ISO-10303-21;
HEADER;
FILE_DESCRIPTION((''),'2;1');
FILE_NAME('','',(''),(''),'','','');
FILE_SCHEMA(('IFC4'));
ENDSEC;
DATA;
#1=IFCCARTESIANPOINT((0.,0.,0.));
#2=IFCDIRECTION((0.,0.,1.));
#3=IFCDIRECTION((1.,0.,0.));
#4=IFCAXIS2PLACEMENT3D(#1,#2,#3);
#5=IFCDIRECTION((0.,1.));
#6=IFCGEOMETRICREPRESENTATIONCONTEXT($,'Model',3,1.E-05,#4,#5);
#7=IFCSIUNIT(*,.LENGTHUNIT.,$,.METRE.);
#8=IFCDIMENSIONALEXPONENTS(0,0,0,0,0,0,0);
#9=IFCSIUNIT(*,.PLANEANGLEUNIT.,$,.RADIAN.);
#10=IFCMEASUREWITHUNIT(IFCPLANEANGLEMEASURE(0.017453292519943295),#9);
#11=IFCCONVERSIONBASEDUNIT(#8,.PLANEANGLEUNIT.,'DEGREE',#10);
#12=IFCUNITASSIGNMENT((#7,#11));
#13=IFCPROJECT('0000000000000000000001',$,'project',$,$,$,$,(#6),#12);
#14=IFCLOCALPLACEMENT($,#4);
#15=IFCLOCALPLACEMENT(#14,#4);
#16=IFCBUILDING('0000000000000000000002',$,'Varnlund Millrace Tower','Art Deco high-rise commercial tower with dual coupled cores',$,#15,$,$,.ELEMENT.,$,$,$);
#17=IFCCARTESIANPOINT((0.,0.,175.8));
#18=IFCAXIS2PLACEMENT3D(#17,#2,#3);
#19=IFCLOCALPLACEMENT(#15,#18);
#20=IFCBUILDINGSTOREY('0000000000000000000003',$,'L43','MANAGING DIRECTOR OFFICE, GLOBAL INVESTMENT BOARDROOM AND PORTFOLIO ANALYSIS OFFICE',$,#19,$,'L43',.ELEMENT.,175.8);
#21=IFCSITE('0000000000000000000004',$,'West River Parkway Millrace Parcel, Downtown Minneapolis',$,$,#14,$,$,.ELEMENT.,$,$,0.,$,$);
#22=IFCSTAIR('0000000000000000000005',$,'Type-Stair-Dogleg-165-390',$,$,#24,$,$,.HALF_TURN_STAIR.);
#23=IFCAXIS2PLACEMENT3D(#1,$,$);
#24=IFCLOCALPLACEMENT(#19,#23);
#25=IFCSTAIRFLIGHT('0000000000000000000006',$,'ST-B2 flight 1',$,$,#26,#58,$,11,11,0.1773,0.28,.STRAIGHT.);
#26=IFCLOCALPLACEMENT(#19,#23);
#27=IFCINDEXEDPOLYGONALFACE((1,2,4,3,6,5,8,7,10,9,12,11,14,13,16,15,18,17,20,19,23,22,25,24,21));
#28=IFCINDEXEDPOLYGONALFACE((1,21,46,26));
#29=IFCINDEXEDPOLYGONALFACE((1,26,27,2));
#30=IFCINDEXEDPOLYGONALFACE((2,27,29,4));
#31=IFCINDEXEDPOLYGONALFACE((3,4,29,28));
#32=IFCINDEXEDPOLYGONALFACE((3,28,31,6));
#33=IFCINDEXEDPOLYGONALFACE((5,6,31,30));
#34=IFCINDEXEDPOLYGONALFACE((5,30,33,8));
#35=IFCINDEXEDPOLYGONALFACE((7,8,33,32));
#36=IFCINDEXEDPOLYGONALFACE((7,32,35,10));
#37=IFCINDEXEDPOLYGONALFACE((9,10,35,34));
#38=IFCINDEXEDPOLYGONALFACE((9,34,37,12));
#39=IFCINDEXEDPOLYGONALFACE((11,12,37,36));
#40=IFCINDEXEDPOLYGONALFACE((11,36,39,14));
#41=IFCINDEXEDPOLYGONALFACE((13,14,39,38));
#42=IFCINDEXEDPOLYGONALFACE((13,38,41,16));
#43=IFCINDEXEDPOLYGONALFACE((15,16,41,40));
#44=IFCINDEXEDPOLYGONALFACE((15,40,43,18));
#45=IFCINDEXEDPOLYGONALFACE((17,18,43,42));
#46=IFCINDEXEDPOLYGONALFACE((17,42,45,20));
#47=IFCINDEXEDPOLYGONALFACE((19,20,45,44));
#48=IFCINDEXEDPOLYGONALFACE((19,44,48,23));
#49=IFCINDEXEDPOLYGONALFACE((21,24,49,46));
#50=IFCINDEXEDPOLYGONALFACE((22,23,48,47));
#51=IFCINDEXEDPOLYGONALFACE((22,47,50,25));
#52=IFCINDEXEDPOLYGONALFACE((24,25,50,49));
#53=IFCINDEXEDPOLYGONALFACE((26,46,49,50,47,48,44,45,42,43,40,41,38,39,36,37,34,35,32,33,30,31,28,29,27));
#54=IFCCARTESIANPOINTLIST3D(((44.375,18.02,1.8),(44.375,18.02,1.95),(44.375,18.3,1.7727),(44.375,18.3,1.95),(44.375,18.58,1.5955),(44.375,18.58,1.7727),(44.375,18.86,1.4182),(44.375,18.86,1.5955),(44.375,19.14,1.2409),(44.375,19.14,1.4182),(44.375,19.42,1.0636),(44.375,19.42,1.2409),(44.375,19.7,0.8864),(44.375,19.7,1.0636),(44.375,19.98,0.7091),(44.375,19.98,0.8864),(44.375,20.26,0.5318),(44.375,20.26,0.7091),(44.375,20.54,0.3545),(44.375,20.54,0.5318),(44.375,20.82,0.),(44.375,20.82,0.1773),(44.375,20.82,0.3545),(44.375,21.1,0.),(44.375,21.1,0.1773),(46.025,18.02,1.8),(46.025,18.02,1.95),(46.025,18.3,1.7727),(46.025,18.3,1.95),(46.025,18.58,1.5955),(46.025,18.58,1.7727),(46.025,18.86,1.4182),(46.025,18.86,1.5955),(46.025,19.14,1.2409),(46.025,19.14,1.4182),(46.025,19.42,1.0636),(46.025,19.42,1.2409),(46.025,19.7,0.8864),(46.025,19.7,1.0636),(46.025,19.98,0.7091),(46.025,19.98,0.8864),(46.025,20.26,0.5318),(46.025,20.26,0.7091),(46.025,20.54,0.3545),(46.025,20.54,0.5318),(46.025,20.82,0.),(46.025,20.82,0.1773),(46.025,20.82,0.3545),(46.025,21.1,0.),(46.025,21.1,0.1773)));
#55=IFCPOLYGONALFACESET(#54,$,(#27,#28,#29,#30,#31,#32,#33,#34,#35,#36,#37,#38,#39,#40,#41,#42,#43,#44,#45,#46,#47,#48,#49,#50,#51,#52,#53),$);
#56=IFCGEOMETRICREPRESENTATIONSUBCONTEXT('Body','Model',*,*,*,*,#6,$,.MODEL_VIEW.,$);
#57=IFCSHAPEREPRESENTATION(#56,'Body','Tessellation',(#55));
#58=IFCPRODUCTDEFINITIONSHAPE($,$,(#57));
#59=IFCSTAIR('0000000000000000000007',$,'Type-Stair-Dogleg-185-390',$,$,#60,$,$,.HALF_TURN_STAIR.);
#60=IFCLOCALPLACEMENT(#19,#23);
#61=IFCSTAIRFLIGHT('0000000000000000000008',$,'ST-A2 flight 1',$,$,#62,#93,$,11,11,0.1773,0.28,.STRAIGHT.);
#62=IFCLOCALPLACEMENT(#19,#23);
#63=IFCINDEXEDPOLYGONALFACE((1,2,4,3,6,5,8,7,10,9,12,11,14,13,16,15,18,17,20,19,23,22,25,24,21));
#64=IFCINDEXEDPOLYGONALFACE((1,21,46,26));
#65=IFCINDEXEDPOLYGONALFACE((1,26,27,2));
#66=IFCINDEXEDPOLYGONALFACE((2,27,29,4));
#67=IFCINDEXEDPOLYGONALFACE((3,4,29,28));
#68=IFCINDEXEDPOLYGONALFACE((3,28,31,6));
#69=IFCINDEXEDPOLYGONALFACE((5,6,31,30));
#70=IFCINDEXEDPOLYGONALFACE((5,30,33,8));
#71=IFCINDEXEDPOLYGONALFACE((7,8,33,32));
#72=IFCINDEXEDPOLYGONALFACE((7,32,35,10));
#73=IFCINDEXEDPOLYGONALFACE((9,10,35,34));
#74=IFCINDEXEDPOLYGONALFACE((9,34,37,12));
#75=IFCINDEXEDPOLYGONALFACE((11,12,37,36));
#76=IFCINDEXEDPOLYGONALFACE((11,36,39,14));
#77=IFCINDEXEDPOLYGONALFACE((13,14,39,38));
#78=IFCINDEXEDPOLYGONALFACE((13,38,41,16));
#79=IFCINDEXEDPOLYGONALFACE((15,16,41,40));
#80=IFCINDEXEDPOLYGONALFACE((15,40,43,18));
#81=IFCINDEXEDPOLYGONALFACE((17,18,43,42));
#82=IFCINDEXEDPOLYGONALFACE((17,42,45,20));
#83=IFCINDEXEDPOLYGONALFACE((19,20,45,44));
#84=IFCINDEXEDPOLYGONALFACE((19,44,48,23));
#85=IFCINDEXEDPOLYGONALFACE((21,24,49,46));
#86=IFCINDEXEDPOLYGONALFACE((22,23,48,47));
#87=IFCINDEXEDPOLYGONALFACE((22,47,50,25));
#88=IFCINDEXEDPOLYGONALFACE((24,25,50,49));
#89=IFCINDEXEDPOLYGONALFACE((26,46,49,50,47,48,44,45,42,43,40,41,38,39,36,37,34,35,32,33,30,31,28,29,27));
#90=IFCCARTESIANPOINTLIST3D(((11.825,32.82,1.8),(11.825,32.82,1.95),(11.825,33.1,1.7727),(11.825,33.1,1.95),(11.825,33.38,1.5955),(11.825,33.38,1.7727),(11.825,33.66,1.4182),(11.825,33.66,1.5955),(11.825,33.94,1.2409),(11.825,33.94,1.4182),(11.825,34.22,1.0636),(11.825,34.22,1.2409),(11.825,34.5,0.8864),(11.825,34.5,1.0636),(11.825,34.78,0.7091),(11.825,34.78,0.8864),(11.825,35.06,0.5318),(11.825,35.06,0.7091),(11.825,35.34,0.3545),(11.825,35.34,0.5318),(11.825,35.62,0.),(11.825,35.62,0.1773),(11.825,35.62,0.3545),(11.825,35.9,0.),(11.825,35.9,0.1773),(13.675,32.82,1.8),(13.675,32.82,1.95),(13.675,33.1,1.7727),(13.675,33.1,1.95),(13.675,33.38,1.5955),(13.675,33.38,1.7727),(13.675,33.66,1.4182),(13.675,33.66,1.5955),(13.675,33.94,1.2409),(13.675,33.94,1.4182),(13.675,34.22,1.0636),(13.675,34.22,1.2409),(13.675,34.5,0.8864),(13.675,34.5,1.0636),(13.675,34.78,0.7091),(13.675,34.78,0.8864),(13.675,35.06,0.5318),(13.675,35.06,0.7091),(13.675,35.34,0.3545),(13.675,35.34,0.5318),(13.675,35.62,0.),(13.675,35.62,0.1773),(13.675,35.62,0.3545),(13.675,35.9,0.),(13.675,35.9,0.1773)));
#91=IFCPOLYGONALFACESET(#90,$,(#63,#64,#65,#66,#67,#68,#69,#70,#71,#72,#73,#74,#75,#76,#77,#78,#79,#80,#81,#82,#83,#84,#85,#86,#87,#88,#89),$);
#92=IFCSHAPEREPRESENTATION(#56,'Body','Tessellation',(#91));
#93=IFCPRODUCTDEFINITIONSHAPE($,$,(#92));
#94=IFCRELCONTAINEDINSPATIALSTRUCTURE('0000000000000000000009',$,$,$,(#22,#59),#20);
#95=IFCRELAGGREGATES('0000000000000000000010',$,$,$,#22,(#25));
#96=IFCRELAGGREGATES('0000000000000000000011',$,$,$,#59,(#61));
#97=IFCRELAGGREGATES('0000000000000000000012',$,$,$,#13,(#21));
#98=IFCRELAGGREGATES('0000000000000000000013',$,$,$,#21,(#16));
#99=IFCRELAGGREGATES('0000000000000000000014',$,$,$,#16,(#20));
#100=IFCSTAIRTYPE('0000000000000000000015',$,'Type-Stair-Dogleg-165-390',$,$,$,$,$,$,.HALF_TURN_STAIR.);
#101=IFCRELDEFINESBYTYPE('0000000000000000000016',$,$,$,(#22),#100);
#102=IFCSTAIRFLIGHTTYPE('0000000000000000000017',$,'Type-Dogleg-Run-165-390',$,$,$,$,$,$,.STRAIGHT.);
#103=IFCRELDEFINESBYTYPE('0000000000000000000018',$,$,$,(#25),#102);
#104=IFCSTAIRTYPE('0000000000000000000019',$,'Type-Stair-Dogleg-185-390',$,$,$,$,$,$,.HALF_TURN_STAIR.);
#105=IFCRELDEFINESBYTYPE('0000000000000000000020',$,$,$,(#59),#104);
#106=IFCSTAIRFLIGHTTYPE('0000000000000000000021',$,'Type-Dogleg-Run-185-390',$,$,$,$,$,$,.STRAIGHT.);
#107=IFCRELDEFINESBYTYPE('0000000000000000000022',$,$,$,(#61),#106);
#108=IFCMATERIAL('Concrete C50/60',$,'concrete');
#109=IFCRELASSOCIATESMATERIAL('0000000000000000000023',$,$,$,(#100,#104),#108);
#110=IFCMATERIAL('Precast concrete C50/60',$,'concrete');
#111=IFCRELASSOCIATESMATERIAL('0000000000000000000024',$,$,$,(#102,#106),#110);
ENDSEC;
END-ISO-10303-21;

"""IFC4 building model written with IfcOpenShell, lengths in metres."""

from ifc_helpers import new_model, entity, si_unit, converted_unit, direction, frame, origin_with_axes, place, context, subcontext, project, spatial, polyline, outline, extrude, material, type_object, element, aggregate, save


model = new_model("IFC4")

# Units and contexts
model_context = context("Model", 3, precision=1e-05, world=origin_with_axes(), true_north=direction((0.0, 1.0)))
body_context = subcontext(model_context, "Body", "Model", "MODEL_VIEW")
ifc_project = project(units=[si_unit("LENGTHUNIT", "METRE"), converted_unit("PLANEANGLEUNIT", "DEGREE", entity("IfcPlaneAngleMeasure", 0.017453292519943295), si_unit("PLANEANGLEUNIT", "RADIAN"), dimensions=[0, 0, 0, 0, 0, 0, 0])], contexts=[model_context])

# Site, building, storey
site_placement = place(None, origin_with_axes())
site = spatial("IfcSite", under=ifc_project, at=site_placement, Name="West River Parkway Millrace Parcel, Downtown Minneapolis", CompositionType="ELEMENT", RefElevation=0.0)
building_placement = place(site_placement, origin_with_axes())
building = spatial("IfcBuilding", under=site, at=building_placement, Name="Varnlund Millrace Tower", Description="Art Deco high-rise commercial tower with dual coupled cores", CompositionType="ELEMENT")
storey_placement = place(building_placement, frame((0.0, 0.0, 175.8), z_axis=(0.0, 0.0, 1.0), x_axis=(1.0, 0.0, 0.0)))
storey = spatial("IfcBuildingStorey", under=building, at=storey_placement, Name="L43", Description="MANAGING DIRECTOR OFFICE, GLOBAL INVESTMENT BOARDROOM AND PORTFOLIO ANALYSIS OFFICE", LongName="L43", CompositionType="ELEMENT", Elevation=175.8)

# Stairs, stair flights
ifc_material_1 = material(Name="Concrete C50/60", Category="concrete")
stair_type_1 = type_object("IfcStairType", Name="Type-Stair-Dogleg-165-390", PredefinedType="HALF_TURN_STAIR", material=ifc_material_1)
stair_1_placement = place(storey_placement, origin_with_axes())
stair_1 = element("IfcStair", 1, at=stair_1_placement, inside=storey, type_object=stair_type_1, Name="Type-Stair-Dogleg-165-390", PredefinedType="HALF_TURN_STAIR")
ifc_material_2 = material(Name="Precast concrete C50/60", Category="concrete")
stair_flight_type_1 = type_object("IfcStairFlightType", Name="Type-Dogleg-Run-165-390", PredefinedType="STRAIGHT", material=ifc_material_2)
stair_flight_1_placement = place(storey_placement, frame((46.025, 21.1, 0.0), z_axis=(-1.0, 0.0, 0.0), x_axis=(0.0, -1.0, 0.0)))
stair_flight_1 = element("IfcStairFlight", 2, at=stair_flight_1_placement, type_object=stair_flight_type_1, Name="ST-B2 flight 1", NumberOfRisers=11, NumberOfTreads=11, PredefinedType="STRAIGHT", RiserHeight=0.1773, TreadLength=0.28, context=body_context, shape_type="SweptSolid", body=[
    extrude(outline(polyline([(0.0, 0.0), (0.0, 0.1773), (0.28, 0.1773), (0.28, 0.3545), (0.56, 0.3545), (0.56, 0.5318), (0.84, 0.5318), (0.84, 0.7091), (1.12, 0.7091), (1.12, 0.8864), (1.4, 0.8864), (1.4, 1.0636), (1.68, 1.0636), (1.68, 1.2409), (1.96, 1.2409), (1.96, 1.4182), (2.24, 1.4182), (2.24, 1.5955), (2.52, 1.5955), (2.52, 1.7727), (2.8, 1.7727), (2.8, 1.95), (3.08, 1.95), (3.08, 1.8), (0.28, 0.0), (0.0, 0.0)])), origin_with_axes(), (0.0, 0.0, 1.0), 1.65),
])
aggregate(stair_1, [stair_flight_1])
stair_type_2 = type_object("IfcStairType", Name="Type-Stair-Dogleg-185-390", PredefinedType="HALF_TURN_STAIR", material=ifc_material_1)
stair_2_placement = place(storey_placement, origin_with_axes())
stair_2 = element("IfcStair", 3, at=stair_2_placement, inside=storey, type_object=stair_type_2, Name="Type-Stair-Dogleg-185-390", PredefinedType="HALF_TURN_STAIR")
stair_flight_type_2 = type_object("IfcStairFlightType", Name="Type-Dogleg-Run-185-390", PredefinedType="STRAIGHT", material=ifc_material_2)
stair_flight_2_placement = place(storey_placement, frame((13.675, 35.9, 0.0), z_axis=(-1.0, 0.0, 0.0), x_axis=(0.0, -1.0, 0.0)))
stair_flight_2 = element("IfcStairFlight", 4, at=stair_flight_2_placement, type_object=stair_flight_type_2, Name="ST-A2 flight 1", NumberOfRisers=11, NumberOfTreads=11, PredefinedType="STRAIGHT", RiserHeight=0.1773, TreadLength=0.28, context=body_context, shape_type="SweptSolid", body=[
    extrude(outline(polyline([(0.0, 0.0), (0.0, 0.1773), (0.28, 0.1773), (0.28, 0.3545), (0.56, 0.3545), (0.56, 0.5318), (0.84, 0.5318), (0.84, 0.7091), (1.12, 0.7091), (1.12, 0.8864), (1.4, 0.8864), (1.4, 1.0636), (1.68, 1.0636), (1.68, 1.2409), (1.96, 1.2409), (1.96, 1.4182), (2.24, 1.4182), (2.24, 1.5955), (2.52, 1.5955), (2.52, 1.7727), (2.8, 1.7727), (2.8, 1.95), (3.08, 1.95), (3.08, 1.8), (0.28, 0.0), (0.0, 0.0)])), origin_with_axes(), (0.0, 0.0, 1.0), 1.85),
])
aggregate(stair_2, [stair_flight_2])

save(model, "model.ifc")
